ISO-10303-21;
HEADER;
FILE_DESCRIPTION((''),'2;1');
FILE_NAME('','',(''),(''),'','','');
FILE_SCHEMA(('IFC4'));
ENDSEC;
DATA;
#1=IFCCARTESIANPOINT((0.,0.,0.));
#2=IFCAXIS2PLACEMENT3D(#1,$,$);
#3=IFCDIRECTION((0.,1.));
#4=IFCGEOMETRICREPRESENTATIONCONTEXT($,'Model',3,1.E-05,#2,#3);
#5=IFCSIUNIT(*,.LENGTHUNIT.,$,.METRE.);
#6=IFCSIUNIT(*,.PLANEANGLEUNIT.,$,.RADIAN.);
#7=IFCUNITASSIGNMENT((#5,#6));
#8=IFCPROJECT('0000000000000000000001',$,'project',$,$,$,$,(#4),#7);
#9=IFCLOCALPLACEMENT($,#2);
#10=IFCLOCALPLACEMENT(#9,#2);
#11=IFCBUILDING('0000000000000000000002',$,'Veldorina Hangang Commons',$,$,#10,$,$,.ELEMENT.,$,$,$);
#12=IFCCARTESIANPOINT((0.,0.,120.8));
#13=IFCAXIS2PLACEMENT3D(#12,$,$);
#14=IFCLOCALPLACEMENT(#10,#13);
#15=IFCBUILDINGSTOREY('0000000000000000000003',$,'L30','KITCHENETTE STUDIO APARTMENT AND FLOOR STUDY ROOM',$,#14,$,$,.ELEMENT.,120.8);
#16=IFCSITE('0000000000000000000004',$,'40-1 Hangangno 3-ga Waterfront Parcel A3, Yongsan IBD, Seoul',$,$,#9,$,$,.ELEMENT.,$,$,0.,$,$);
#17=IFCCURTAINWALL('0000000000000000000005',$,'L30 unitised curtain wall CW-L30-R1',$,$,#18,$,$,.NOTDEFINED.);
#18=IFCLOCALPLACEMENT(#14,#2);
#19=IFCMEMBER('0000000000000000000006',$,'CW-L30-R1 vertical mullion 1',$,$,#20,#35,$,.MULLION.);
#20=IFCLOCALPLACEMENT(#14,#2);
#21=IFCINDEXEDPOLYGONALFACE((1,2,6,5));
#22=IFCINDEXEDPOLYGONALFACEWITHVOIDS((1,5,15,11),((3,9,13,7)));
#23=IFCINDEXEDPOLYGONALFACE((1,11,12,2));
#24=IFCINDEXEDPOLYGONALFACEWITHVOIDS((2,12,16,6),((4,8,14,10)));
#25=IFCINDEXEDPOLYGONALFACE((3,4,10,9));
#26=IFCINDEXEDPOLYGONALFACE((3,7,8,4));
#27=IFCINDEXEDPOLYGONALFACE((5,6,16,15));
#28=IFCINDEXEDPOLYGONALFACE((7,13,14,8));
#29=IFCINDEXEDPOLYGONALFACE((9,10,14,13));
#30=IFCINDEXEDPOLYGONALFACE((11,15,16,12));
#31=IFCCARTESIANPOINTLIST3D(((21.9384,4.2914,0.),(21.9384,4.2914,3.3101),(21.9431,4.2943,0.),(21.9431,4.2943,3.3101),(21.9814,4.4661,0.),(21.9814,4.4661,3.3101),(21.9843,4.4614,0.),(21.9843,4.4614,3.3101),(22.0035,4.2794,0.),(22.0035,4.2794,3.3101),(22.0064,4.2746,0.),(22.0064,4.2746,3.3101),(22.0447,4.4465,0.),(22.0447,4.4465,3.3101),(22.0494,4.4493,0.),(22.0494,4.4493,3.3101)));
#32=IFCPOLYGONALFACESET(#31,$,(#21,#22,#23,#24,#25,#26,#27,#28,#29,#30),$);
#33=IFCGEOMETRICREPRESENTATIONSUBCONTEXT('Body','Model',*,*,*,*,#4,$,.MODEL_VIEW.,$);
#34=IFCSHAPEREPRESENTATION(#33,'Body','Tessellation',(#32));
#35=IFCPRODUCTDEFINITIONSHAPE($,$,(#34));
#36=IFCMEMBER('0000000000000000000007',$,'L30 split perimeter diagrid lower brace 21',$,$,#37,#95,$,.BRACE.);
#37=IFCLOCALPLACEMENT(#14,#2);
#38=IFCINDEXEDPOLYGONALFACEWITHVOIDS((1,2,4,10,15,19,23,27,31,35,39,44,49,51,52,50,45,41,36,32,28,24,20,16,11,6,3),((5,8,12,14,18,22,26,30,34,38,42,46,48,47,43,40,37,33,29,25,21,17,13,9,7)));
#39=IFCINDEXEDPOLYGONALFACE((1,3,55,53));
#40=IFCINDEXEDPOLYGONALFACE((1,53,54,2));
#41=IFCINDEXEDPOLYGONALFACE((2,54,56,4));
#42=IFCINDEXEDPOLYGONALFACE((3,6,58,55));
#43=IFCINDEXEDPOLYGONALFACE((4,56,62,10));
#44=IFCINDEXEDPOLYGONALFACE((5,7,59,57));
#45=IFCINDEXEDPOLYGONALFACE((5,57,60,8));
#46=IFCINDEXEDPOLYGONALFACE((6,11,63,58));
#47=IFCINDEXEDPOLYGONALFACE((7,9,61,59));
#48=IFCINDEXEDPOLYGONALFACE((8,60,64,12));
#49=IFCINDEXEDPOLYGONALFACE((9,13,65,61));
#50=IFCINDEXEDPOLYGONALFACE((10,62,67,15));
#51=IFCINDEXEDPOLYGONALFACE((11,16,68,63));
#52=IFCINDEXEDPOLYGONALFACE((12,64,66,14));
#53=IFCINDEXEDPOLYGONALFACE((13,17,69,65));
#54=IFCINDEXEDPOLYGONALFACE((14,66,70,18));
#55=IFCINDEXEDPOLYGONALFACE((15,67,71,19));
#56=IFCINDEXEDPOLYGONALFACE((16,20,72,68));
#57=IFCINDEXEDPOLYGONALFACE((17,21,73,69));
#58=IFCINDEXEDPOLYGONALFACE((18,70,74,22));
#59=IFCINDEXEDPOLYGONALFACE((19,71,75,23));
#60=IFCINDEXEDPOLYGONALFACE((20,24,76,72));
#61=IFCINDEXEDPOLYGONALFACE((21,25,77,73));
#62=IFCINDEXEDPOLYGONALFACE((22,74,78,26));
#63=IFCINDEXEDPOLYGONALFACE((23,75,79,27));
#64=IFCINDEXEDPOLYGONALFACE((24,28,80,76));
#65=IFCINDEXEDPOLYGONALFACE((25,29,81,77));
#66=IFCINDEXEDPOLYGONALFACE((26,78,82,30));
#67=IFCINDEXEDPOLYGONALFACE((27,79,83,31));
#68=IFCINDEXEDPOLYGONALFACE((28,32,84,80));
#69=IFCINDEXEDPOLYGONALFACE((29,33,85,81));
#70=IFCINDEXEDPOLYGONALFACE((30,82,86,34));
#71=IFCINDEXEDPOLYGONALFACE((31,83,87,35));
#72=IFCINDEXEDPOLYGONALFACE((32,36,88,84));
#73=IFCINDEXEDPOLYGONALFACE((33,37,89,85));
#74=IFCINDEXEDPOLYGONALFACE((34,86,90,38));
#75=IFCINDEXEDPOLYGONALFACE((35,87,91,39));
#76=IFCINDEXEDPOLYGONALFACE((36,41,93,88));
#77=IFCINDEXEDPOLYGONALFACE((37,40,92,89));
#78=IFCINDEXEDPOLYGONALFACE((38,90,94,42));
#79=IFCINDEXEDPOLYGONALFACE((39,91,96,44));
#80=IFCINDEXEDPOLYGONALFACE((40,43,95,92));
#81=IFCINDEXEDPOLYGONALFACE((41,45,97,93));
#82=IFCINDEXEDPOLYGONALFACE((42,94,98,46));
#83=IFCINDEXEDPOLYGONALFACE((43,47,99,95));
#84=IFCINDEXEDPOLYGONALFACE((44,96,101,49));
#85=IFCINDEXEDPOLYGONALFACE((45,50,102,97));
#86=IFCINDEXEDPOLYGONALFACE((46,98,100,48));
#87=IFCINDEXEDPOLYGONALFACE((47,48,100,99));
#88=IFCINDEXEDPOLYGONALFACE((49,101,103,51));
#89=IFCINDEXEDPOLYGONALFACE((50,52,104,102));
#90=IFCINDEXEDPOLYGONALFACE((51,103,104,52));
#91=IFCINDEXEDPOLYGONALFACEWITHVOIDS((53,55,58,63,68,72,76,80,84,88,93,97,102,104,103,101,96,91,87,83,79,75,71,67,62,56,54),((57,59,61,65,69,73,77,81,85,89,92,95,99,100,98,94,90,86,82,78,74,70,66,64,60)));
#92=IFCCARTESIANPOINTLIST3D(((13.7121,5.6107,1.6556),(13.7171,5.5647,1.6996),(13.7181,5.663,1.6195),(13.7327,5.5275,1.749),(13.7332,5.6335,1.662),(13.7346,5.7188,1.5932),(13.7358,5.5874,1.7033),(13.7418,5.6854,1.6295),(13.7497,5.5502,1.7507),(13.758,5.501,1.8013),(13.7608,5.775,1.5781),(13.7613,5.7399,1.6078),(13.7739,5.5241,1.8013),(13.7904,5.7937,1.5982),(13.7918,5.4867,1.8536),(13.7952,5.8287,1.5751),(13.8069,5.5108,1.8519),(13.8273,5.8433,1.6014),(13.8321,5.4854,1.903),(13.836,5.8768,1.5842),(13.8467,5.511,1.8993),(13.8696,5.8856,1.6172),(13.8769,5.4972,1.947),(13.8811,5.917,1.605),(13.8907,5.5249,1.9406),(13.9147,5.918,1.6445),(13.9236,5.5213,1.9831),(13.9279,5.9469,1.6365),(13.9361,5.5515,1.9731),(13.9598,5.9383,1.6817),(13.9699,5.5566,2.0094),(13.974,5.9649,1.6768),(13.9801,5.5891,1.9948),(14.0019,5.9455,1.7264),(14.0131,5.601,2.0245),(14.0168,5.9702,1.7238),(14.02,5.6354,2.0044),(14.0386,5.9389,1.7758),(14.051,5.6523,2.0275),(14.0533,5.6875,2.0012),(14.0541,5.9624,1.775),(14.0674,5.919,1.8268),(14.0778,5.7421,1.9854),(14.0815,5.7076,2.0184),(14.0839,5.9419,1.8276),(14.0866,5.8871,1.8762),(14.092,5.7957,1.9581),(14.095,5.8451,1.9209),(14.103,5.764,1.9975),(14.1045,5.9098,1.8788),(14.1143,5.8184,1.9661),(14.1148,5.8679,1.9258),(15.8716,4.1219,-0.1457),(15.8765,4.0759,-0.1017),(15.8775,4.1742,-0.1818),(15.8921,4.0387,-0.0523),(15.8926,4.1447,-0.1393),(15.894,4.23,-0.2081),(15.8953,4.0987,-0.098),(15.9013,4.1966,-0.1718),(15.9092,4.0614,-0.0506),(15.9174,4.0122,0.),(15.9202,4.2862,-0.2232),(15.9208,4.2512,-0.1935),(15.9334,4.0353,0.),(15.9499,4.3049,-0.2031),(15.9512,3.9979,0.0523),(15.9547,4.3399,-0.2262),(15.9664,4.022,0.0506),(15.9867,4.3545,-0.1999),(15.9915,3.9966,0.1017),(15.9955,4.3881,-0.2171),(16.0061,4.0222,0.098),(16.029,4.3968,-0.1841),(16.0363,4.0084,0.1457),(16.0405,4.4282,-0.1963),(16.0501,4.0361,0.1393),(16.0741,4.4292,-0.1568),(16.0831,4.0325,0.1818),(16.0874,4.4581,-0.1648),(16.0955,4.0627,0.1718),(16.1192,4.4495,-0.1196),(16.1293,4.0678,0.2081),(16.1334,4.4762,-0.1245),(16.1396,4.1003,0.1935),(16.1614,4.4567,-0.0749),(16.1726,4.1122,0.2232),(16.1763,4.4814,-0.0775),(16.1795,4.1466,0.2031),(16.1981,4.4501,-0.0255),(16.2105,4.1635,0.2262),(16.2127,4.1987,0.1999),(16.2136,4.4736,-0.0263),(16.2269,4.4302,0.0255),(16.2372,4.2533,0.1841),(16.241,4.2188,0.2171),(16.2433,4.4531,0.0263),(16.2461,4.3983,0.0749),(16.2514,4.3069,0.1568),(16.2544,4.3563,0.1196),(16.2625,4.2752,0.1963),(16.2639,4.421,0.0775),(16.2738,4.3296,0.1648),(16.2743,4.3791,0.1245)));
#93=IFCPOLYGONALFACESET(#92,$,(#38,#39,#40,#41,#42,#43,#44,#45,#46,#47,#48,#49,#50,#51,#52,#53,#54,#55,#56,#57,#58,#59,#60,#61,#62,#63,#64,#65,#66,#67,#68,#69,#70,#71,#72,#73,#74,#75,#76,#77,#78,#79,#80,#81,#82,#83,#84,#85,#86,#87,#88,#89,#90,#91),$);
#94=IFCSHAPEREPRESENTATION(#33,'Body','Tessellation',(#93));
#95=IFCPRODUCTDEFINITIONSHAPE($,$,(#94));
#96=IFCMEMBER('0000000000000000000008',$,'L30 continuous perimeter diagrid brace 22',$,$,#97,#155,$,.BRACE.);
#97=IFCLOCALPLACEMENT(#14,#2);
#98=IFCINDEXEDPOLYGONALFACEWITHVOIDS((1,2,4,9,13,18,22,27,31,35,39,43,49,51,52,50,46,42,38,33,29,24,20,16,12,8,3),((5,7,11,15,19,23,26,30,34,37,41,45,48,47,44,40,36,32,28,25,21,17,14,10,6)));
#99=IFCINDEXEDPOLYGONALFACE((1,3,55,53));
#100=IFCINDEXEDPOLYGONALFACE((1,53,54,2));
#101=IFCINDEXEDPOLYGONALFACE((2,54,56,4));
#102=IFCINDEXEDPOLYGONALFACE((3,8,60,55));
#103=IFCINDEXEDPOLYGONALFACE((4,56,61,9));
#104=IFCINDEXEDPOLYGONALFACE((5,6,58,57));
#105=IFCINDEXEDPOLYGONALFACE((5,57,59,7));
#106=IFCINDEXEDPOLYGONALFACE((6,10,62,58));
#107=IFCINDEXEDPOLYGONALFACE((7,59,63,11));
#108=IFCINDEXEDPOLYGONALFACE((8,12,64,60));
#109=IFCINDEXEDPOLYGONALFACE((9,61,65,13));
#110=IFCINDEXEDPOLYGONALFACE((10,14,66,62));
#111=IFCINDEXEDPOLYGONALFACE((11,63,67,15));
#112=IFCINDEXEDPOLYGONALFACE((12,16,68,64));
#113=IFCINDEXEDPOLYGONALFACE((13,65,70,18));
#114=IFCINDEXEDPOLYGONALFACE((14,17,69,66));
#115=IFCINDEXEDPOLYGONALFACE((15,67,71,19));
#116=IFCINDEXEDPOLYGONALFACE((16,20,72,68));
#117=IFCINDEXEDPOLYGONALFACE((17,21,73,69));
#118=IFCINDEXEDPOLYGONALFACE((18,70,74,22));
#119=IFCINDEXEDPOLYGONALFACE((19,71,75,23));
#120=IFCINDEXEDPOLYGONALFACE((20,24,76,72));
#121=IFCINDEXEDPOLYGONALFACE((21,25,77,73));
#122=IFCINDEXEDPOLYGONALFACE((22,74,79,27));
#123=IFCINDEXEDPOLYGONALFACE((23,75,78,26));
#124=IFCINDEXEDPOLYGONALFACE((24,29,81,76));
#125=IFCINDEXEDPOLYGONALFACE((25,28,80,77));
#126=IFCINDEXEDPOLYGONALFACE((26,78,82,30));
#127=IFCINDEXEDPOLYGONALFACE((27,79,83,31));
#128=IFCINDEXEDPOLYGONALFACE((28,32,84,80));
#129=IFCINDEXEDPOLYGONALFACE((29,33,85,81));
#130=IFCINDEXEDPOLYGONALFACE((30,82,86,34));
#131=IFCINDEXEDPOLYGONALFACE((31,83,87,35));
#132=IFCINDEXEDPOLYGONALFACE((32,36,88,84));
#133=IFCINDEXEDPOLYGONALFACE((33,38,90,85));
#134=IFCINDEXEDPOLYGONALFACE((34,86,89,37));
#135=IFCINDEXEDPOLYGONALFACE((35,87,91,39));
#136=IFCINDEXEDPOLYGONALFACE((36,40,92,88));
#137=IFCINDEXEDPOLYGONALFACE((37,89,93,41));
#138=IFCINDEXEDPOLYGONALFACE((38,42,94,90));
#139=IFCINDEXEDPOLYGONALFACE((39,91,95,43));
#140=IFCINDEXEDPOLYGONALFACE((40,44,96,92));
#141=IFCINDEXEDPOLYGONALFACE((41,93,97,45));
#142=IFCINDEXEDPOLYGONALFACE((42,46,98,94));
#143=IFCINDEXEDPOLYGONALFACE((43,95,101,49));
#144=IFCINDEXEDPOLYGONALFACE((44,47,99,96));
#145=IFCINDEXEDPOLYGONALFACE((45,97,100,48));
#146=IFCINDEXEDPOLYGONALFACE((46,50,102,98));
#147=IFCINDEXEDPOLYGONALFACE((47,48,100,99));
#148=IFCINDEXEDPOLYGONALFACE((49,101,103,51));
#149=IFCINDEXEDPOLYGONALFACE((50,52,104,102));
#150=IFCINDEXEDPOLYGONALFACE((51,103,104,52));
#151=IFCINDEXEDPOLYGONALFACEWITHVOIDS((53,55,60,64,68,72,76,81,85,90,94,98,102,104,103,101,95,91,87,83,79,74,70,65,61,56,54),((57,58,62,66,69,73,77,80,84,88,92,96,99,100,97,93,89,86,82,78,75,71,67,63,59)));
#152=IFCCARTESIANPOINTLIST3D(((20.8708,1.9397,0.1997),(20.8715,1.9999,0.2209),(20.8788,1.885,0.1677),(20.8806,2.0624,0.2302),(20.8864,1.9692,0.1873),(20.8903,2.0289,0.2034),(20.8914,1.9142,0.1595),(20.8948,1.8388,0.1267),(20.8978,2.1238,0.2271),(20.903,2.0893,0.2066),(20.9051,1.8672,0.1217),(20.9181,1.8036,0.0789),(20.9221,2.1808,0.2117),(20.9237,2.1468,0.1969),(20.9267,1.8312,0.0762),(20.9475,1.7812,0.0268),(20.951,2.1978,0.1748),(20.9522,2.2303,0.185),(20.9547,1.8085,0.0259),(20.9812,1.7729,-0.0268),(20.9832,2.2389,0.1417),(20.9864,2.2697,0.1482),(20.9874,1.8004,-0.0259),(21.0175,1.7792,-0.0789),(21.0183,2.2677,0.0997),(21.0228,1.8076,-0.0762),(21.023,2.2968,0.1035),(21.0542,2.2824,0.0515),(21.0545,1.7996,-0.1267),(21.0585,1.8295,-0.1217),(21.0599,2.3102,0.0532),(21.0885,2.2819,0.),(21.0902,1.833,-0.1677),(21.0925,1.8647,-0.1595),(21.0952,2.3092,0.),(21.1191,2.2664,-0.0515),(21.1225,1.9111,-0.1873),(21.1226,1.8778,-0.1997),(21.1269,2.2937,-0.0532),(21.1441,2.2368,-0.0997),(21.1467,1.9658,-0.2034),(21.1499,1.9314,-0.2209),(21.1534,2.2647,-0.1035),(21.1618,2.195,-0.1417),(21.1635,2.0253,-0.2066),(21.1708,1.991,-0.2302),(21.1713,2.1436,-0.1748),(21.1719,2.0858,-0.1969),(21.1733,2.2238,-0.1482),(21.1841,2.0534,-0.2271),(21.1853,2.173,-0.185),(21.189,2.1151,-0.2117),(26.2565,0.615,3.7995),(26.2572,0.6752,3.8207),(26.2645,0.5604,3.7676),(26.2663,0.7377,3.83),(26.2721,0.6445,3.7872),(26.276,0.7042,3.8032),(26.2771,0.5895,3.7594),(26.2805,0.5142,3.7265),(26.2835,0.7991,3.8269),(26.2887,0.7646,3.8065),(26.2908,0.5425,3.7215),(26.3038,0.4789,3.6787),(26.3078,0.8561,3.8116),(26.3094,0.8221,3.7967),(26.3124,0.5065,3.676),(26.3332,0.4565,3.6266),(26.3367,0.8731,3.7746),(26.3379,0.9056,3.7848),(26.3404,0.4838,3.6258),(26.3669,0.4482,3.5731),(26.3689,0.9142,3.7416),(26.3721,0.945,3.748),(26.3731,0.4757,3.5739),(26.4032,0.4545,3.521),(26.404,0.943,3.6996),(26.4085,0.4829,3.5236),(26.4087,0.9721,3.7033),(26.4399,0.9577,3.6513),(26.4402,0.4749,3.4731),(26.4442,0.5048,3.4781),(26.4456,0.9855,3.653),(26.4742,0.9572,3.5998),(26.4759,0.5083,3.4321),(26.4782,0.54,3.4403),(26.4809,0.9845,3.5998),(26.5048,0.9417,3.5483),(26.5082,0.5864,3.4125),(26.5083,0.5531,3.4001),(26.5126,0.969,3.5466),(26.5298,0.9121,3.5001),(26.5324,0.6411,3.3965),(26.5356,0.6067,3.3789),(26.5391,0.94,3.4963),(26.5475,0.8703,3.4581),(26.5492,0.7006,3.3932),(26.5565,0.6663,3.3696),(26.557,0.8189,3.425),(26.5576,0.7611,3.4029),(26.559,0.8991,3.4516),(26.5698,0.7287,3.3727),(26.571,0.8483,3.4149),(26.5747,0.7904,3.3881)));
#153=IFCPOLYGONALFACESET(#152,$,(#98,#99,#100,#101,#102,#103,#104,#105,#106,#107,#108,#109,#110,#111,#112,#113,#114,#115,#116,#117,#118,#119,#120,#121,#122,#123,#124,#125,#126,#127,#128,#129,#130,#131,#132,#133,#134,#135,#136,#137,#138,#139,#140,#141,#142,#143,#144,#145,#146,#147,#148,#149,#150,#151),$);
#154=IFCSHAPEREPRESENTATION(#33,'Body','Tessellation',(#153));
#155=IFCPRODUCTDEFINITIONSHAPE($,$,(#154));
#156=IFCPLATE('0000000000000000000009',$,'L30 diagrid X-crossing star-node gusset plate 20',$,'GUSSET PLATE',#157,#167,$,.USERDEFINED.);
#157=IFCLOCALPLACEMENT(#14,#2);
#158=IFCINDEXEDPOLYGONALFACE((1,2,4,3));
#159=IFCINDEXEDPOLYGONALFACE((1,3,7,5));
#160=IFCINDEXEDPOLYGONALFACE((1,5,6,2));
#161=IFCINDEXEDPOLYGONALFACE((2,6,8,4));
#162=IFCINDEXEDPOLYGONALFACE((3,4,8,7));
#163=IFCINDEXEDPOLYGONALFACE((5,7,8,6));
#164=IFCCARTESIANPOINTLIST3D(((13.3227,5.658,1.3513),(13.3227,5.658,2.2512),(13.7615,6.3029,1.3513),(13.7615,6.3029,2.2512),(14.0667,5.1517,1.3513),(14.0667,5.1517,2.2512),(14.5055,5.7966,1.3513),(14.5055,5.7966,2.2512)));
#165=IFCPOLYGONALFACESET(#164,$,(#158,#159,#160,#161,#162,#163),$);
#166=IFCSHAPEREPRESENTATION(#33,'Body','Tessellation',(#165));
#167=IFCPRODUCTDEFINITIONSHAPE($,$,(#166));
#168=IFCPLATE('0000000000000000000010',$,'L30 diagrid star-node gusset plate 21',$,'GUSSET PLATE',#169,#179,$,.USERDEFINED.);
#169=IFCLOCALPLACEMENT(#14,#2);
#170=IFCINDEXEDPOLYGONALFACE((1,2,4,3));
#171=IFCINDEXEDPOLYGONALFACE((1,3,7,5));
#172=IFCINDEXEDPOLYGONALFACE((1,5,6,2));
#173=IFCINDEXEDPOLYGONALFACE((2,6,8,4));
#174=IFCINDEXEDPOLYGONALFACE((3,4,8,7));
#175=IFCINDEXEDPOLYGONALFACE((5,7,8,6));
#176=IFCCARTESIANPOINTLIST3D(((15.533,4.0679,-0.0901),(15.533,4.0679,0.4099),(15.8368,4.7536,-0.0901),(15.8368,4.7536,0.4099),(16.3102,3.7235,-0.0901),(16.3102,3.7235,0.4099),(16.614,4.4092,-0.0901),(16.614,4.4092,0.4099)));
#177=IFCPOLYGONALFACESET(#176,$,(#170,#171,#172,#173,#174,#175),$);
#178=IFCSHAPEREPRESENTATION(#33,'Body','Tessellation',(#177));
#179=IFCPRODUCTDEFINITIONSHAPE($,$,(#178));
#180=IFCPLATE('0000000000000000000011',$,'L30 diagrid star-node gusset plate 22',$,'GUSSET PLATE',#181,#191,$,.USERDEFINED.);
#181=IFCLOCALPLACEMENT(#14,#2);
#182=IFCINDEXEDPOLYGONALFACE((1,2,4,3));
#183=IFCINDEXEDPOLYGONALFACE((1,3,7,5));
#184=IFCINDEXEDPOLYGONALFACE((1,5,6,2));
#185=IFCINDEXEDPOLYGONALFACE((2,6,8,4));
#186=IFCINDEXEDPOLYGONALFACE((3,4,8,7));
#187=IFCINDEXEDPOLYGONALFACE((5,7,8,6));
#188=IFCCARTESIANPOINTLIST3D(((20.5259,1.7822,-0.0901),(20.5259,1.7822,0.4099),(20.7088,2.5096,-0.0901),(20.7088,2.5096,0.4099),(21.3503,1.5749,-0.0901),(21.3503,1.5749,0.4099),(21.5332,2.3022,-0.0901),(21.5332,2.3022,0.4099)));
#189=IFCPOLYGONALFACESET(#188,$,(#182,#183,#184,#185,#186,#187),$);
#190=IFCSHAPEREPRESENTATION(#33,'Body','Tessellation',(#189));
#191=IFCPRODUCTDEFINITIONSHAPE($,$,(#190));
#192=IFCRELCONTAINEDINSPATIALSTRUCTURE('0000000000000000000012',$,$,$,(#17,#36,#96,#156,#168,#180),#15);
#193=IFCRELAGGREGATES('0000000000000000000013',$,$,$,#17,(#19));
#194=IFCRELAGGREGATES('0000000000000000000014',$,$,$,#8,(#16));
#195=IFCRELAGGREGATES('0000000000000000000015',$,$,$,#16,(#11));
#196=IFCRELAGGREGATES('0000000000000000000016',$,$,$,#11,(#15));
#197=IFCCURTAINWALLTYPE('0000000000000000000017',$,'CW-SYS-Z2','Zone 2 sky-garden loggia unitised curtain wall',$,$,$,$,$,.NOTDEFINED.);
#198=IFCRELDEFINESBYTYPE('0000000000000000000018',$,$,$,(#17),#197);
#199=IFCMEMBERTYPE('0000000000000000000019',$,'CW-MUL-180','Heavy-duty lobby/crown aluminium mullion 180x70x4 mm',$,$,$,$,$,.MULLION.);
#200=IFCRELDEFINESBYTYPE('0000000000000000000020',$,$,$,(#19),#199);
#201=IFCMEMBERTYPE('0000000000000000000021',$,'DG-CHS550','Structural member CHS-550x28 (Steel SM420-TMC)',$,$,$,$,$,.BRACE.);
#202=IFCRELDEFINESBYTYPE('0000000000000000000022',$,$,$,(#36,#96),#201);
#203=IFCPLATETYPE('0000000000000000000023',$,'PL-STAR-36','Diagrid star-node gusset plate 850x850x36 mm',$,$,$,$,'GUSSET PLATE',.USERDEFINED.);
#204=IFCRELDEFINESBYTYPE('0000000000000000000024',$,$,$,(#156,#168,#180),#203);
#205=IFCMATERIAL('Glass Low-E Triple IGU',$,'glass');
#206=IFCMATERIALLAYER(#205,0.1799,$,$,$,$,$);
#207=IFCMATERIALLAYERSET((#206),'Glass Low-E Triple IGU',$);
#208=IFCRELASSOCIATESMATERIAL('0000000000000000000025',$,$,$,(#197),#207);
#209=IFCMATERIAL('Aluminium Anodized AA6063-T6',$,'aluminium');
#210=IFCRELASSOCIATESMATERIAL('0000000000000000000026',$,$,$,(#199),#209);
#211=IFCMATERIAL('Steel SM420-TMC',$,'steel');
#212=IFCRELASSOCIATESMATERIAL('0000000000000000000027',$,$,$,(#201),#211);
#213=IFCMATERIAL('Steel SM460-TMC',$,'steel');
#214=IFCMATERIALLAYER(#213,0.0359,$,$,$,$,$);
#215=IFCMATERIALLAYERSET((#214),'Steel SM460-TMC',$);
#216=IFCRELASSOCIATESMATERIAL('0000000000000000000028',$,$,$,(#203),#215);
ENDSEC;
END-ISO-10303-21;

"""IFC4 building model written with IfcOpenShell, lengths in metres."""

from ifc_helpers import new_model, si_unit, direction, frame, origin, origin_2d, place, context, subcontext, project, spatial, rectangle, hollow_rectangle, hollow_circle, extrude, material, layer, layer_set, material_profile, profile_set, type_object, element, aggregate, save


model = new_model("IFC4")

# Units and contexts
model_context = context("Model", 3, precision=1e-05, world=origin(), true_north=direction((0.0, 1.0)))
body_context = subcontext(model_context, "Body", "Model", "MODEL_VIEW")
ifc_project = project(units=[si_unit("LENGTHUNIT", "METRE"), si_unit("PLANEANGLEUNIT", "RADIAN")], contexts=[model_context])

# Site, building, storey
site_placement = place(None, origin())
site = spatial("IfcSite", under=ifc_project, at=site_placement, Name="40-1 Hangangno 3-ga Waterfront Parcel A3, Yongsan IBD, Seoul", CompositionType="ELEMENT", RefElevation=0.0)
building_placement = place(site_placement, origin())
building = spatial("IfcBuilding", under=site, at=building_placement, Name="Veldorina Hangang Commons", CompositionType="ELEMENT")
storey_placement = place(building_placement, frame((0.0, 0.0, 120.8)))
storey = spatial("IfcBuildingStorey", under=building, at=storey_placement, Name="L30", Description="KITCHENETTE STUDIO APARTMENT AND FLOOR STUDY ROOM", CompositionType="ELEMENT", Elevation=120.8)

# Shared definitions
ifc_material_1 = material(Name="Steel SM420-TMC", Category="steel")

# Curtain wall, member
ifc_material_2 = material(Name="Glass Low-E Triple IGU", Category="glass")
ifc_layer_1 = layer(ifc_material_2, 0.1799)
ifc_layer_set_1 = layer_set([ifc_layer_1], Name="Glass Low-E Triple IGU")
curtain_wall_type = type_object("IfcCurtainWallType", Name="CW-SYS-Z2", Description="Zone 2 sky-garden loggia unitised curtain wall", PredefinedType="NOTDEFINED", material=ifc_layer_set_1)
curtain_wall_placement = place(storey_placement, origin())
curtain_wall = element("IfcCurtainWall", 1, at=curtain_wall_placement, inside=storey, type_object=curtain_wall_type, Name="L30 unitised curtain wall CW-L30-R1", PredefinedType="NOTDEFINED")
ifc_material_3 = material(Name="Aluminium Anodized AA6063-T6", Category="aluminium")
ifc_material_profile_1 = material_profile(ifc_material_3, hollow_rectangle(XDim=0.0701, YDim=0.1799, WallThickness=0.0039, at=origin_2d()), Name="ALU-RHS-180x70x4")
ifc_profile_set_1 = profile_set([ifc_material_profile_1], Name="Aluminium Anodized AA6063-T6")
member_type_1 = type_object("IfcMemberType", Name="CW-MUL-180", Description="Heavy-duty lobby/crown aluminium mullion 180x70x4 mm", PredefinedType="MULLION", material=ifc_profile_set_1)
member_1_placement = place(storey_placement, frame((21.9939, 4.3704, 0.0), z_axis=(0.0, 0.0, 1.0), x_axis=(0.970942, -0.239313, 0.0)))
member_1 = element("IfcMember", 2, at=member_1_placement, type_object=member_type_1, Name="CW-L30-R1 vertical mullion 1", PredefinedType="MULLION", context=body_context, shape_type="SweptSolid", body=[
    extrude(hollow_rectangle(XDim=0.0701, YDim=0.1799, WallThickness=0.0039, at=origin_2d()), origin(), (0.0, 0.0, 1.0), 3.3101),
])
aggregate(curtain_wall, [member_1])

# Members
ifc_material_profile_2 = material_profile(ifc_material_1, hollow_circle(Radius=0.2749, WallThickness=0.0281, at=origin_2d()), Name="CHS-550x28")
ifc_profile_set_2 = profile_set([ifc_material_profile_2], Name="Steel SM420-TMC")
member_type_2 = type_object("IfcMemberType", Name="DG-CHS550", Description="Structural member CHS-550x28 (Steel SM420-TMC)", PredefinedType="BRACE", material=ifc_profile_set_2)
member_2_placement = place(storey_placement, frame((16.0735, 4.2385, 0.0), z_axis=(-0.678671, 0.467896, 0.566109), x_axis=(-0.567607, -0.8233, 0.0)))
element("IfcMember", 3, at=member_2_placement, inside=storey, type_object=member_type_2, Name="L30 split perimeter diagrid lower brace 21", PredefinedType="BRACE", context=body_context, shape_type="SweptSolid", body=[
    extrude(hollow_circle(Radius=0.2749, WallThickness=0.0281, at=origin_2d()), origin(), (0.0, 0.0, 1.0), 3.1819),
])
member_3_placement = place(storey_placement, frame((21.0295, 2.0422, 0.0), z_axis=(0.814527, -0.200346, 0.544433), x_axis=(0.238847, 0.971057, 0.0)))
element("IfcMember", 4, at=member_3_placement, inside=storey, type_object=member_type_2, Name="L30 continuous perimeter diagrid brace 22", PredefinedType="BRACE", context=body_context, shape_type="SweptSolid", body=[
    extrude(hollow_circle(Radius=0.2749, WallThickness=0.0281, at=origin_2d()), origin(), (0.0, 0.0, 1.0), 6.6121),
])

# Plates
ifc_material_4 = material(Name="Steel SM460-TMC", Category="steel")
ifc_layer_2 = layer(ifc_material_4, 0.0359)
ifc_layer_set_2 = layer_set([ifc_layer_2], Name="Steel SM460-TMC")
plate_type = type_object("IfcPlateType", Name="PL-STAR-36", Description="Diagrid star-node gusset plate 850x850x36 mm", ElementType="GUSSET PLATE", PredefinedType="USERDEFINED", material=ifc_layer_set_2)
plate_placement = place(storey_placement, frame((13.9141, 5.7273, 1.3513), z_axis=(0.0, 0.0, 1.0), x_axis=(0.826767, -0.562545, 0.0)))
element("IfcPlate", 5, at=plate_placement, inside=storey, type_object=plate_type, Name="L30 diagrid X-crossing star-node gusset plate 20", ObjectType="GUSSET PLATE", PredefinedType="USERDEFINED", context=body_context, shape_type="SweptSolid", body=[
    extrude(rectangle(XDim=0.8999, YDim=0.78, at=origin_2d()), origin(), (0.0, 0.0, 1.0), 0.8999),
])
for number, where, z_axis, x_axis, name in (
    (6, (16.0735, 4.2385, -0.0901), (0.0, 0.0, 1.0), (0.914247, -0.405158, 0.0), "L30 diagrid star-node gusset plate 21"),
    (7, (21.0295, 2.0422, -0.0901), (0.0, 0.0, 1.0), (0.969804, -0.243886, 0.0), "L30 diagrid star-node gusset plate 22"),
):
    element("IfcPlate", number, at=place(storey_placement, frame(where, z_axis=z_axis, x_axis=x_axis)), inside=storey, type_object=plate_type, Name=name, ObjectType="GUSSET PLATE", PredefinedType="USERDEFINED", context=body_context, shape_type="SweptSolid", body=[
        extrude(rectangle(XDim=0.8501, YDim=0.75, at=origin_2d()), origin(), (0.0, 0.0, 1.0), 0.5),
    ])

save(model, "model.ifc")
